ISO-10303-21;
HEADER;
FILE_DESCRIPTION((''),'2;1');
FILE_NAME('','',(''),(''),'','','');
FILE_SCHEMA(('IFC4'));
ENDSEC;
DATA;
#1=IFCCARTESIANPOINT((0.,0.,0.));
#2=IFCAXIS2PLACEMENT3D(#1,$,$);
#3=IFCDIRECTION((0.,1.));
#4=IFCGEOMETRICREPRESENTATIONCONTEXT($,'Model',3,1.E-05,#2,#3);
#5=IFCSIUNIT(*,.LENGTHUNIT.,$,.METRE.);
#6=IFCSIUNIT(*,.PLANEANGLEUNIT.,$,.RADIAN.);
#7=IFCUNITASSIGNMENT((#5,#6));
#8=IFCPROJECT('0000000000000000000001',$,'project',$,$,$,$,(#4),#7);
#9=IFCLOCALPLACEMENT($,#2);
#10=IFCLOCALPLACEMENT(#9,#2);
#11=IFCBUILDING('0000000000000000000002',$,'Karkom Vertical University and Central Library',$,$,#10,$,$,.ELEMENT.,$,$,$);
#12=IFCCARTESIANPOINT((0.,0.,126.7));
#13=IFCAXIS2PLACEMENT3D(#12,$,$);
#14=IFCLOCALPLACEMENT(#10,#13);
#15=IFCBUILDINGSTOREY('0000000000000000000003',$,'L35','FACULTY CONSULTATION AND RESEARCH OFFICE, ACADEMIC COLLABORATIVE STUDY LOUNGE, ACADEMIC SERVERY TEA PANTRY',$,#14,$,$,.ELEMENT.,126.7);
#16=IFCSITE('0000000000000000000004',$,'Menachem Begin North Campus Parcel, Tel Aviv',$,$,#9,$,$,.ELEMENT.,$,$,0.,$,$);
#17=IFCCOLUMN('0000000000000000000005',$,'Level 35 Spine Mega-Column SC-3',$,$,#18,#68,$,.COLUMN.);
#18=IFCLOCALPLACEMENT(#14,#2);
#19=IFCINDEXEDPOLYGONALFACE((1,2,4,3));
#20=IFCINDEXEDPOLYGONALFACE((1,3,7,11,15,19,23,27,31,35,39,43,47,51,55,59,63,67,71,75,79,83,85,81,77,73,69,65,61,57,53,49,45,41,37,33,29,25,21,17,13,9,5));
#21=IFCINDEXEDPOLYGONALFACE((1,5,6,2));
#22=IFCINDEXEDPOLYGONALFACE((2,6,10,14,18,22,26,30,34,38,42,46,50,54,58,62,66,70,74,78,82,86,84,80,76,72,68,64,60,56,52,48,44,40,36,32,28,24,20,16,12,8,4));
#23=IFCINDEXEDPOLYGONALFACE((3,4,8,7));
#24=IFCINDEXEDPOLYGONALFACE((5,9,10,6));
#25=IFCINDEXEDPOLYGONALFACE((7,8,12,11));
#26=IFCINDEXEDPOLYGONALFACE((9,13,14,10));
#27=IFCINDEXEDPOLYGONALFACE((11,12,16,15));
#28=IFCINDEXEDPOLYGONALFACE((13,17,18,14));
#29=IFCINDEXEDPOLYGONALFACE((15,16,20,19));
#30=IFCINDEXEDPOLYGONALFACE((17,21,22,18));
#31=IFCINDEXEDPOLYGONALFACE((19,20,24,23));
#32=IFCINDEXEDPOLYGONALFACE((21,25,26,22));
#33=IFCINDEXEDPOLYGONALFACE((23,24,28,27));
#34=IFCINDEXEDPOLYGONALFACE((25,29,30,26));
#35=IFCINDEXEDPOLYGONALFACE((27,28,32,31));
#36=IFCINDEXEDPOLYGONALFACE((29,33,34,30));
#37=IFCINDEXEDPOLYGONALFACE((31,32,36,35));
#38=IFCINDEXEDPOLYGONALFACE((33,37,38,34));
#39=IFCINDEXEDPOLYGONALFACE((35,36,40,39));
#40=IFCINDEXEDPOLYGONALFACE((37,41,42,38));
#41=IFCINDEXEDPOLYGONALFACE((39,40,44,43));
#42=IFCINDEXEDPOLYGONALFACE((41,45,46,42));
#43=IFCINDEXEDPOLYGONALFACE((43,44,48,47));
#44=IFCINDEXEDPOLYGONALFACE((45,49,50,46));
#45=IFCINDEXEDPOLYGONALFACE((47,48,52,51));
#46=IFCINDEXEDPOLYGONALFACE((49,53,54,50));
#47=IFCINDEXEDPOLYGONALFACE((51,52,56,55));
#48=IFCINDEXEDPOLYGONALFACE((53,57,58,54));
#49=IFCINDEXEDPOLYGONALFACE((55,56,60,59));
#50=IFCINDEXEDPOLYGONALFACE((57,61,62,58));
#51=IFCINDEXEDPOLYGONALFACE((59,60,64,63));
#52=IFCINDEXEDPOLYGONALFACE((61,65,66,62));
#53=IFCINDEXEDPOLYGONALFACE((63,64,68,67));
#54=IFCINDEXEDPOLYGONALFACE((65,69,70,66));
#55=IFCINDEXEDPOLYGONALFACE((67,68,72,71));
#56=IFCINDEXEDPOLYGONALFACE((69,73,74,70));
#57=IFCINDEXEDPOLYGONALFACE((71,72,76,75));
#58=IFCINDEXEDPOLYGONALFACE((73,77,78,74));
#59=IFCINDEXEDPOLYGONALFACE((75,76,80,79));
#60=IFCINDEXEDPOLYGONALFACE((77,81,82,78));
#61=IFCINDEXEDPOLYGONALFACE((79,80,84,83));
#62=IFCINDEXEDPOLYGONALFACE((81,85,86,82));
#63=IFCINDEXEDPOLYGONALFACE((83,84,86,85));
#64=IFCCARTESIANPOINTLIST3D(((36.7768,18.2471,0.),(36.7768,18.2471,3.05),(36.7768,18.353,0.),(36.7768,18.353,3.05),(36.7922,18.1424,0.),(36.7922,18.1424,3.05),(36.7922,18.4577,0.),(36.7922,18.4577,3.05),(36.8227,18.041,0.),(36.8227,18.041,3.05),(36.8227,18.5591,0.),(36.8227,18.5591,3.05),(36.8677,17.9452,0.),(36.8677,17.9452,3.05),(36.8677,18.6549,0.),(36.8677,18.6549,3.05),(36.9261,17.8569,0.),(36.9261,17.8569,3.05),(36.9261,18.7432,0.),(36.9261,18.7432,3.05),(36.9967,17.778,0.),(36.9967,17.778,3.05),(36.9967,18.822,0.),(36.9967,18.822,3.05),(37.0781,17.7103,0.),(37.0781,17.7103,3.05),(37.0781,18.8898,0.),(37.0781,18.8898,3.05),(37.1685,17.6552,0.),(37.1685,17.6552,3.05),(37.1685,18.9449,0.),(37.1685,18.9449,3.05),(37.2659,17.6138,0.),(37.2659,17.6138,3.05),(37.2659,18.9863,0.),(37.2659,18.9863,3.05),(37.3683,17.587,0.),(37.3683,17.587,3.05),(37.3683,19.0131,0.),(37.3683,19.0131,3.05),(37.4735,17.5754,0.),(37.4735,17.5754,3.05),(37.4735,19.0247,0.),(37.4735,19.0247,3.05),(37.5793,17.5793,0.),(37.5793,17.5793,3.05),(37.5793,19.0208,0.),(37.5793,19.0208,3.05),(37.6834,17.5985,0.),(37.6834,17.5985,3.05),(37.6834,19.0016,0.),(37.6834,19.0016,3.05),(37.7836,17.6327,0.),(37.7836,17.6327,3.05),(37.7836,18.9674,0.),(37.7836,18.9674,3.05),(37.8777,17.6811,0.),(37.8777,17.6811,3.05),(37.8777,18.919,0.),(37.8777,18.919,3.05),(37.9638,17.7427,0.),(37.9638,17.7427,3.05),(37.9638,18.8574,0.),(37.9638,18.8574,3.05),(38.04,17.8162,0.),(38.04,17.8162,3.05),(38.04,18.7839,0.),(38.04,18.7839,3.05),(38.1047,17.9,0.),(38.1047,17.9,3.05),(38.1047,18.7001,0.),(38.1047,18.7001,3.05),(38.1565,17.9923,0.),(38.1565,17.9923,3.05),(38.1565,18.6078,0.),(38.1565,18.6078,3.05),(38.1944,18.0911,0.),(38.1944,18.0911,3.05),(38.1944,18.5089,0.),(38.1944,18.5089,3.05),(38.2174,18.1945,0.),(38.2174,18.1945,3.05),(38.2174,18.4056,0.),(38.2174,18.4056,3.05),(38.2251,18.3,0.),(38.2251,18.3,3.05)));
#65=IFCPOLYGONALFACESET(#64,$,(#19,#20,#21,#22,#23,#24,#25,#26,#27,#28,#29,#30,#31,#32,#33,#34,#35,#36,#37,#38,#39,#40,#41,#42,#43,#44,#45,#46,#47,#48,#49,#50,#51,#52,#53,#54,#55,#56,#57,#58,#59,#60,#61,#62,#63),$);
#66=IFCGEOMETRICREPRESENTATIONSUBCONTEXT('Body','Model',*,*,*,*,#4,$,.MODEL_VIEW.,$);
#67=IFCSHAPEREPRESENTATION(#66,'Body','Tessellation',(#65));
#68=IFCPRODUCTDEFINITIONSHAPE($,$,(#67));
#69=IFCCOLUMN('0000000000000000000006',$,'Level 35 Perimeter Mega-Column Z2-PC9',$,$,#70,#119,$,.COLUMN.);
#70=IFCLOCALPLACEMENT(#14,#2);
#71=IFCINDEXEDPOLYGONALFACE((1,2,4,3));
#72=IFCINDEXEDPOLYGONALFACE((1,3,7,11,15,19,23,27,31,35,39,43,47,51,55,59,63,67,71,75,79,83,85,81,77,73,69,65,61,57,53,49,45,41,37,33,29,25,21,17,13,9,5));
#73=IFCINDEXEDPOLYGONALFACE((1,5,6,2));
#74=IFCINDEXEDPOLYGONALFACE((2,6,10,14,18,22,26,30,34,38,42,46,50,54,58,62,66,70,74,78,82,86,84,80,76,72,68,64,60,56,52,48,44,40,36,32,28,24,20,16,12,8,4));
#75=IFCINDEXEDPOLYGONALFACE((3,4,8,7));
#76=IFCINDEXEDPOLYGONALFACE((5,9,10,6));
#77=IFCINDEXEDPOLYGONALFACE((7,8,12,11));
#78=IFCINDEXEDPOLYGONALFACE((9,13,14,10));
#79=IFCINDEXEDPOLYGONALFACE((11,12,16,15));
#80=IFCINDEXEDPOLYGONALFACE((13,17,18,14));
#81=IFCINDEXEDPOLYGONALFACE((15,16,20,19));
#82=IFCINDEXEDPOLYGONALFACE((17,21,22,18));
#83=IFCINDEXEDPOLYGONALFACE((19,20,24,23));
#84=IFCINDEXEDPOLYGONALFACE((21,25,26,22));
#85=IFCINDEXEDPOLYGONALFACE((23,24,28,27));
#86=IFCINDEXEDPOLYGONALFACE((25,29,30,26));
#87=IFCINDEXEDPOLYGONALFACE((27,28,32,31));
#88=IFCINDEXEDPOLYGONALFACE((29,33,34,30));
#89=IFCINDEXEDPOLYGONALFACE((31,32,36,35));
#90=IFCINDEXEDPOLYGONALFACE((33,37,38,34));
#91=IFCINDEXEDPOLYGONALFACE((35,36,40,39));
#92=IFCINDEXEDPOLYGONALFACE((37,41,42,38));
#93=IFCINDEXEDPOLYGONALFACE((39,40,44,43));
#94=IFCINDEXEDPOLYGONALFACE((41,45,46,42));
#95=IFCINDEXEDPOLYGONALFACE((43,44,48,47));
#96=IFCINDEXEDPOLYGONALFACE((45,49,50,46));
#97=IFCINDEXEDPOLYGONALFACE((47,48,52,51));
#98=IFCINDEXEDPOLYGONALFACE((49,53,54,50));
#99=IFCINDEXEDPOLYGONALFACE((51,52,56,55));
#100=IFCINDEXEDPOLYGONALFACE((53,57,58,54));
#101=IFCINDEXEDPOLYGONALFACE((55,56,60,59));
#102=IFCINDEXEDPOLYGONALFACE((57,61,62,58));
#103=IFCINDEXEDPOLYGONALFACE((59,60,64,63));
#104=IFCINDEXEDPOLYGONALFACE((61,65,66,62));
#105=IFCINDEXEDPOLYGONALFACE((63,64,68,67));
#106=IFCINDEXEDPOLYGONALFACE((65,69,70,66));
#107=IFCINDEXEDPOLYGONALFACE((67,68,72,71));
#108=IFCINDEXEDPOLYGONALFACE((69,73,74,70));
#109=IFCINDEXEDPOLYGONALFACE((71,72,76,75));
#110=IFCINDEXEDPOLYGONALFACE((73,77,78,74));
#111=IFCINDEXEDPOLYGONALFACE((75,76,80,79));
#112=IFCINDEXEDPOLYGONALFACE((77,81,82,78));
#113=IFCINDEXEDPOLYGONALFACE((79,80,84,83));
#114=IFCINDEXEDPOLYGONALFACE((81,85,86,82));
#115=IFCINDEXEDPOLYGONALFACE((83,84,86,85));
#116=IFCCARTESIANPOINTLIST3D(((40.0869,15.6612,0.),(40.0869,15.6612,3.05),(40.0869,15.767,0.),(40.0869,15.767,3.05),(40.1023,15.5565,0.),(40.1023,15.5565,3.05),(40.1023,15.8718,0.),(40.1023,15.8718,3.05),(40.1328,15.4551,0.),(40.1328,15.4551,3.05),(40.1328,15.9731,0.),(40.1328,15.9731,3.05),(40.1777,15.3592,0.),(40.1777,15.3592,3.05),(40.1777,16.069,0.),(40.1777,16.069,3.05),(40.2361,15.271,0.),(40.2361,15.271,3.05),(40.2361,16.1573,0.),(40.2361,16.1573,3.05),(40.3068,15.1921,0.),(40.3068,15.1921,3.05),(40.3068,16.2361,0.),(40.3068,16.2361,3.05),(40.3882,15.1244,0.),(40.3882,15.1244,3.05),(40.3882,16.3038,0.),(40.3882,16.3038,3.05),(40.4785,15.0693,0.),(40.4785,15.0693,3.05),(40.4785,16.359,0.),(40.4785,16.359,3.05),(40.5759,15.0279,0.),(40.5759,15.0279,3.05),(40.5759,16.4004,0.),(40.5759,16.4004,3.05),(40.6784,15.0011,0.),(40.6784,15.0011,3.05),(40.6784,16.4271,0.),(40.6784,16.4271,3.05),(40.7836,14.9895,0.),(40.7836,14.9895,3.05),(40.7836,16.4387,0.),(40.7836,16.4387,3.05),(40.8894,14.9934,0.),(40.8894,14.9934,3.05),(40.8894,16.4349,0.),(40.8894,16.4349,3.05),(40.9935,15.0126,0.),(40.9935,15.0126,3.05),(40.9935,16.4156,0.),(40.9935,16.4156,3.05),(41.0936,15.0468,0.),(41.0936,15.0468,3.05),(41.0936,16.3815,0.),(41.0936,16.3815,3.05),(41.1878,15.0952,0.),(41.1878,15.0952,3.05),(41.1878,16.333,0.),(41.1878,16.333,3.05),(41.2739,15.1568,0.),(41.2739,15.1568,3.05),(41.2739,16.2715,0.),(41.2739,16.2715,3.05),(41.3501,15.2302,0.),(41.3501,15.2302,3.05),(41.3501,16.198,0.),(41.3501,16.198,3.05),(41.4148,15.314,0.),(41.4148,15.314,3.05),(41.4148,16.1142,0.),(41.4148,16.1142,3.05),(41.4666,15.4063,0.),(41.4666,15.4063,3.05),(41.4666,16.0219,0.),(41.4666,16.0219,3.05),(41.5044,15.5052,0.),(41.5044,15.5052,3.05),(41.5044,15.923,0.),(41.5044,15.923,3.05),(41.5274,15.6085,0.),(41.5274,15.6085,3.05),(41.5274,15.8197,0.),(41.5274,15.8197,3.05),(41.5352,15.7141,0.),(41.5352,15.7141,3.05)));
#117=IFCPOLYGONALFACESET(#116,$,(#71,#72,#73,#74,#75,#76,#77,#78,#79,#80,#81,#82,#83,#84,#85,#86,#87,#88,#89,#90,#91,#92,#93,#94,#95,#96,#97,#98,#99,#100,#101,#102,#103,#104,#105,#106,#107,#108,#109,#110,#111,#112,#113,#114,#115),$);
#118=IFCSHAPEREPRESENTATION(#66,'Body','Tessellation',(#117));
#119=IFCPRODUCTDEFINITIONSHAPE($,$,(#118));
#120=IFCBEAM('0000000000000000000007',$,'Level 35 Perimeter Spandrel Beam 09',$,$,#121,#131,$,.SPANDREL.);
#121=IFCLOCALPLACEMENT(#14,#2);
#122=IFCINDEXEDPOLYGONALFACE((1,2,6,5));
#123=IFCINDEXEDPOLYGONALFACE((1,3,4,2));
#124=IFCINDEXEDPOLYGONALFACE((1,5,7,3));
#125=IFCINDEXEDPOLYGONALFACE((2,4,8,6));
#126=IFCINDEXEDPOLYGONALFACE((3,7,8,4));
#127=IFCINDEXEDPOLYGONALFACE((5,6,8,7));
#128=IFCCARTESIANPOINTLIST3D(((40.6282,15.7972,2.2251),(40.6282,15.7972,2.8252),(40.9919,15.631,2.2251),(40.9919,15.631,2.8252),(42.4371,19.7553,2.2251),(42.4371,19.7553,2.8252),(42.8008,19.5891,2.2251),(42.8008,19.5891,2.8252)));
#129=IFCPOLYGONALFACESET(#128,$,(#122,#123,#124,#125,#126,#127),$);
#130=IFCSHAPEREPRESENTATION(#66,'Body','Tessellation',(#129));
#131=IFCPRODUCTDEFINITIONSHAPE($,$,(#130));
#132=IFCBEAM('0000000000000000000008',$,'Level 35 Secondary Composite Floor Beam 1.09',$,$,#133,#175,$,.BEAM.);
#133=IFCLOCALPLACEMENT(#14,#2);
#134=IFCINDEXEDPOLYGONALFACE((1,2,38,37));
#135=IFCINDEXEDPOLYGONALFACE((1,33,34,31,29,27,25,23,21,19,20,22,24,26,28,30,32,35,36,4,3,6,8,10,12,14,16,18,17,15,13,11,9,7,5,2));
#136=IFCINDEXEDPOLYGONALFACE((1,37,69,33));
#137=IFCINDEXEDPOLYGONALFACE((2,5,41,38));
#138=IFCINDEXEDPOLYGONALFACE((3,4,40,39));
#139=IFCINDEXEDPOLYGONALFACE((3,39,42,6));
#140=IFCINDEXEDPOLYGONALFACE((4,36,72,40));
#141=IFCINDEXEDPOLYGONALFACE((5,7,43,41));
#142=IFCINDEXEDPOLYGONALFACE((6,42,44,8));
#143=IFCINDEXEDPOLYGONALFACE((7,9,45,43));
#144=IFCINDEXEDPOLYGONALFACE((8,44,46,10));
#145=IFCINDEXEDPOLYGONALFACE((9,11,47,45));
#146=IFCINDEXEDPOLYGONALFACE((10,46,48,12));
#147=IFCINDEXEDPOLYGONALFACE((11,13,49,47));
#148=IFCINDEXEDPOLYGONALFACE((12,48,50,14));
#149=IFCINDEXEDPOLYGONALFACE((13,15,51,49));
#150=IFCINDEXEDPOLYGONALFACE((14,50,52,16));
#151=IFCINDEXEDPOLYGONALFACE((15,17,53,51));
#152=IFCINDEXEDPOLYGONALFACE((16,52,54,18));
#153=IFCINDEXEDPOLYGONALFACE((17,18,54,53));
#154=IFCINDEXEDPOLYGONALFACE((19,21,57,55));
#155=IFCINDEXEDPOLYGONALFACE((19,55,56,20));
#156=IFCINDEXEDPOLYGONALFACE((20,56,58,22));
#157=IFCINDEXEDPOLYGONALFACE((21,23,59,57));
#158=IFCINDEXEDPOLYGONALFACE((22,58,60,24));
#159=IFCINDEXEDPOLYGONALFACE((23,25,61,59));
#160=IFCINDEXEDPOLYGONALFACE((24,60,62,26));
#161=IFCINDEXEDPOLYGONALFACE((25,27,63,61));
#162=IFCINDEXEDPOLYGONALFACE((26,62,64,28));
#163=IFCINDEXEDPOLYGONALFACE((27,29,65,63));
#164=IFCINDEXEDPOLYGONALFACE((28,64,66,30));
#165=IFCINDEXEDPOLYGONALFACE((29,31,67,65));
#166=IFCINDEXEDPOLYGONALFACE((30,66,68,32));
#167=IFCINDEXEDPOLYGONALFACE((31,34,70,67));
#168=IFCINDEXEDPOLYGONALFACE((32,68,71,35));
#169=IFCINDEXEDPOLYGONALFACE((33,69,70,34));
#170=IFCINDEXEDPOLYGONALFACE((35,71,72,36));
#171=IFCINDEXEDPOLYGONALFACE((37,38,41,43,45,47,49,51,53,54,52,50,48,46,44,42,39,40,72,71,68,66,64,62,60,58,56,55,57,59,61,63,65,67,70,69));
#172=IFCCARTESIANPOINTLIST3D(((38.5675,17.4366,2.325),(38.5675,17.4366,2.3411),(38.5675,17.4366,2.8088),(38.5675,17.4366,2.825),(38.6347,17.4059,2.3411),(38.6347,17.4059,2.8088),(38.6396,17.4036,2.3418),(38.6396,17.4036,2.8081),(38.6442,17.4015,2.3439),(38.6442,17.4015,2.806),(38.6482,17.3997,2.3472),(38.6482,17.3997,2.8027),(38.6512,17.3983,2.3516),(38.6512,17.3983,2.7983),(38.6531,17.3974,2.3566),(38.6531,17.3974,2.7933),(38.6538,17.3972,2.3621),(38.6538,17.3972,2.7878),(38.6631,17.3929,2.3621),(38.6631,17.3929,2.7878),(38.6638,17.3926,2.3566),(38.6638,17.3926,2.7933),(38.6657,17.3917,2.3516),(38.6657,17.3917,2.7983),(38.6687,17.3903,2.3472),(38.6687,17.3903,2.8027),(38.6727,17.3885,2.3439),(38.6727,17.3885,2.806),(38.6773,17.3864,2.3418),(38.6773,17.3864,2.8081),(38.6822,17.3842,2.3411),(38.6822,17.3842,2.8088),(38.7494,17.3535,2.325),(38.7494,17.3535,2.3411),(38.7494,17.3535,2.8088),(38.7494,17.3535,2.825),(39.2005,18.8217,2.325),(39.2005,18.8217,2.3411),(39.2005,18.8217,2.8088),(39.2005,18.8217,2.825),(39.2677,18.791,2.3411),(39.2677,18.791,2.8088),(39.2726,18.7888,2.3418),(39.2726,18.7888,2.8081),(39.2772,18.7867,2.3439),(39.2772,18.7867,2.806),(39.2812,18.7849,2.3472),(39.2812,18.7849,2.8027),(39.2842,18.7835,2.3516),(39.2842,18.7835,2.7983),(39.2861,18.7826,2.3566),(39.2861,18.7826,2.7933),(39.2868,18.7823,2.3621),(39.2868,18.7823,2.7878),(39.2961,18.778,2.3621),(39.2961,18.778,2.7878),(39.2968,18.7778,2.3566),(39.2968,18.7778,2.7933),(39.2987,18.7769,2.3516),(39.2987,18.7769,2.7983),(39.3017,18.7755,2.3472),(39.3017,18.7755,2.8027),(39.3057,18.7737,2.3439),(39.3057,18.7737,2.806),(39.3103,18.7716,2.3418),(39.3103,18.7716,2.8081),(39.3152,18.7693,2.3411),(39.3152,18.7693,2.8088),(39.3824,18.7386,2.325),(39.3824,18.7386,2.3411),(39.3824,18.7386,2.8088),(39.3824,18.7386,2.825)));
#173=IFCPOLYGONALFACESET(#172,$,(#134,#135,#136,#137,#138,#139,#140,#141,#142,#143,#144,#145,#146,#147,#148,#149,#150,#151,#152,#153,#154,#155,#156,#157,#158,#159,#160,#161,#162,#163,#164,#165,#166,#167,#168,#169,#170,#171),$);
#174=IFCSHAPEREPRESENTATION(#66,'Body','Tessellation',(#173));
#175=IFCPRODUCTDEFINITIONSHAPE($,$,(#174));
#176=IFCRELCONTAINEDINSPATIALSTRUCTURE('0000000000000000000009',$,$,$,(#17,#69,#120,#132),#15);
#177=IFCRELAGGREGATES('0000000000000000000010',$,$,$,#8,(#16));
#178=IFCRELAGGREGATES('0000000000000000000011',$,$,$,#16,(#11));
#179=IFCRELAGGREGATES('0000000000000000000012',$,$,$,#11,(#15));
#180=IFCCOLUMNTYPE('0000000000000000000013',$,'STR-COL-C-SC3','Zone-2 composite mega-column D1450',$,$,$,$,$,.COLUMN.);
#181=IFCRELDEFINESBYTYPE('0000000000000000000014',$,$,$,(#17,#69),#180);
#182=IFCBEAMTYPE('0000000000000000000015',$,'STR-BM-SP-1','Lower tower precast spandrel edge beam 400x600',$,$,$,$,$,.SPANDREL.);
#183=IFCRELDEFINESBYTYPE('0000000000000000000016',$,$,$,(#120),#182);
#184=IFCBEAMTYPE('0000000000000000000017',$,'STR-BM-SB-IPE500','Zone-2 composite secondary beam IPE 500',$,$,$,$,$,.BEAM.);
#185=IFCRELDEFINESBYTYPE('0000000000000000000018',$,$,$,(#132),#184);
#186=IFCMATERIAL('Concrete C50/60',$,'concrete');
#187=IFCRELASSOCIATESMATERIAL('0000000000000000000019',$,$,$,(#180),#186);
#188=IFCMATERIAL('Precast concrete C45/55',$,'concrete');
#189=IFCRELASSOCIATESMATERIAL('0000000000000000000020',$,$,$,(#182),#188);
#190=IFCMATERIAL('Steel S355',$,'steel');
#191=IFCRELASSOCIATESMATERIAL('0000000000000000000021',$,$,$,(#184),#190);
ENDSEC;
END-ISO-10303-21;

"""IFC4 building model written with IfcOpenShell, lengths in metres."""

from ifc_helpers import new_model, si_unit, direction, frame, origin, origin_with_axes, origin_2d, place, context, subcontext, project, spatial, rectangle, circle, i_section, extrude, source, transform, mapped, material, material_profile, profile_set, type_object, element, save


model = new_model("IFC4")

# Units and contexts
model_context = context("Model", 3, precision=1e-05, world=origin(), true_north=direction((0.0, 1.0)))
body_context = subcontext(model_context, "Body", "Model", "MODEL_VIEW")
ifc_project = project(units=[si_unit("LENGTHUNIT", "METRE"), si_unit("PLANEANGLEUNIT", "RADIAN")], contexts=[model_context])

# Site, building, storey
site_placement = place(None, origin())
site = spatial("IfcSite", under=ifc_project, at=site_placement, Name="Menachem Begin North Campus Parcel, Tel Aviv", CompositionType="ELEMENT", RefElevation=0.0)
building_placement = place(site_placement, origin())
building = spatial("IfcBuilding", under=site, at=building_placement, Name="Karkom Vertical University and Central Library", CompositionType="ELEMENT")
storey_placement = place(building_placement, frame((0.0, 0.0, 126.7)))
storey = spatial("IfcBuildingStorey", under=building, at=storey_placement, Name="L35", Description="FACULTY CONSULTATION AND RESEARCH OFFICE, ACADEMIC COLLABORATIVE STUDY LOUNGE, ACADEMIC SERVERY TEA PANTRY", CompositionType="ELEMENT", Elevation=126.7)

# Columns
ifc_material_1 = material(Name="Concrete C50/60", Category="concrete")
ifc_material_profile_1 = material_profile(ifc_material_1, circle(Radius=0.7251, at=origin_2d()), Name="CFT-D1450")
ifc_profile_set_1 = profile_set([ifc_material_profile_1], Name="Concrete C50/60")
column_type = type_object("IfcColumnType", Name="STR-COL-C-SC3", Description="Zone-2 composite mega-column D1450", PredefinedType="COLUMN", material=ifc_profile_set_1)
shared_shape_1 = source(origin_with_axes(), body_context, "Body", "SweptSolid", [
    extrude(circle(Radius=0.7251, at=origin_2d()), origin(), (0.0, 0.0, 1.0), 3.05),
])
for number, where, z_axis, x_axis, name in (
    (1, (37.5, 18.3, 0.0), (0.0, 0.0, 1.0), (1.0, 0.0, 0.0), "Level 35 Spine Mega-Column SC-3"),
    (2, (40.8101, 15.7141, 0.0), (0.0, 0.0, 1.0), (1.0, 0.0, 0.0), "Level 35 Perimeter Mega-Column Z2-PC9"),
):
    element("IfcColumn", number, at=place(storey_placement, frame(where, z_axis=z_axis, x_axis=x_axis)), inside=storey, type_object=column_type, Name=name, PredefinedType="COLUMN", context=body_context, shape_type="MappedRepresentation", body=[
        mapped(shared_shape_1, transform((0.0, 0.0, 0.0), scale=1.0)),
    ])

# Beams
ifc_material_2 = material(Name="Precast concrete C45/55", Category="concrete")
ifc_material_profile_2 = material_profile(ifc_material_2, rectangle(XDim=0.3999, YDim=0.6001, at=origin_2d()), Name="SPB-400x600")
ifc_profile_set_2 = profile_set([ifc_material_profile_2], Name="Precast concrete C45/55")
beam_type_1 = type_object("IfcBeamType", Name="STR-BM-SP-1", Description="Lower tower precast spandrel edge beam 400x600", PredefinedType="SPANDREL", material=ifc_profile_set_2)
shared_shape_2 = source(origin_with_axes(), body_context, "Body", "SweptSolid", [
    extrude(rectangle(XDim=0.3999, YDim=0.6001, at=origin_2d()), origin(), (0.0, 0.0, 1.0), 4.3518),
])
beam_1_placement = place(storey_placement, frame((40.8101, 15.7141, 2.5251), z_axis=(0.415658, 0.909521, 0.0), x_axis=(-0.909521, 0.415658, 0.0)))
element("IfcBeam", 3, at=beam_1_placement, inside=storey, type_object=beam_type_1, Name="Level 35 Perimeter Spandrel Beam 09", PredefinedType="SPANDREL", context=body_context, shape_type="MappedRepresentation", body=[
    mapped(shared_shape_2, transform((0.0, 0.0, 0.0), scale=1.0)),
])
ifc_material_3 = material(Name="Steel S355", Category="steel")
ifc_material_profile_3 = material_profile(ifc_material_3, i_section(OverallWidth=0.2, OverallDepth=0.5, WebThickness=0.0103, FlangeThickness=0.0161, FilletRadius=0.021, at=origin_2d()), Name="IPE 500")
ifc_profile_set_3 = profile_set([ifc_material_profile_3], Name="Steel S355")
beam_type_2 = type_object("IfcBeamType", Name="STR-BM-SB-IPE500", Description="Zone-2 composite secondary beam IPE 500", PredefinedType="BEAM", material=ifc_profile_set_3)
shared_shape_3 = source(origin_with_axes(), body_context, "Body", "SweptSolid", [
    extrude(i_section(OverallWidth=0.2, OverallDepth=0.5, WebThickness=0.0103, FlangeThickness=0.0161, FilletRadius=0.021, at=origin_2d()), origin(), (0.0, 0.0, 1.0), 1.5229),
])
beam_2_placement = place(storey_placement, frame((38.6584, 17.395, 2.575), z_axis=(0.41565, 0.909525, 0.0), x_axis=(-0.909525, 0.41565, 0.0)))
element("IfcBeam", 4, at=beam_2_placement, inside=storey, type_object=beam_type_2, Name="Level 35 Secondary Composite Floor Beam 1.09", PredefinedType="BEAM", context=body_context, shape_type="MappedRepresentation", body=[
    mapped(shared_shape_3, transform((0.0, 0.0, 0.0), scale=1.0)),
])

save(model, "model.ifc")
